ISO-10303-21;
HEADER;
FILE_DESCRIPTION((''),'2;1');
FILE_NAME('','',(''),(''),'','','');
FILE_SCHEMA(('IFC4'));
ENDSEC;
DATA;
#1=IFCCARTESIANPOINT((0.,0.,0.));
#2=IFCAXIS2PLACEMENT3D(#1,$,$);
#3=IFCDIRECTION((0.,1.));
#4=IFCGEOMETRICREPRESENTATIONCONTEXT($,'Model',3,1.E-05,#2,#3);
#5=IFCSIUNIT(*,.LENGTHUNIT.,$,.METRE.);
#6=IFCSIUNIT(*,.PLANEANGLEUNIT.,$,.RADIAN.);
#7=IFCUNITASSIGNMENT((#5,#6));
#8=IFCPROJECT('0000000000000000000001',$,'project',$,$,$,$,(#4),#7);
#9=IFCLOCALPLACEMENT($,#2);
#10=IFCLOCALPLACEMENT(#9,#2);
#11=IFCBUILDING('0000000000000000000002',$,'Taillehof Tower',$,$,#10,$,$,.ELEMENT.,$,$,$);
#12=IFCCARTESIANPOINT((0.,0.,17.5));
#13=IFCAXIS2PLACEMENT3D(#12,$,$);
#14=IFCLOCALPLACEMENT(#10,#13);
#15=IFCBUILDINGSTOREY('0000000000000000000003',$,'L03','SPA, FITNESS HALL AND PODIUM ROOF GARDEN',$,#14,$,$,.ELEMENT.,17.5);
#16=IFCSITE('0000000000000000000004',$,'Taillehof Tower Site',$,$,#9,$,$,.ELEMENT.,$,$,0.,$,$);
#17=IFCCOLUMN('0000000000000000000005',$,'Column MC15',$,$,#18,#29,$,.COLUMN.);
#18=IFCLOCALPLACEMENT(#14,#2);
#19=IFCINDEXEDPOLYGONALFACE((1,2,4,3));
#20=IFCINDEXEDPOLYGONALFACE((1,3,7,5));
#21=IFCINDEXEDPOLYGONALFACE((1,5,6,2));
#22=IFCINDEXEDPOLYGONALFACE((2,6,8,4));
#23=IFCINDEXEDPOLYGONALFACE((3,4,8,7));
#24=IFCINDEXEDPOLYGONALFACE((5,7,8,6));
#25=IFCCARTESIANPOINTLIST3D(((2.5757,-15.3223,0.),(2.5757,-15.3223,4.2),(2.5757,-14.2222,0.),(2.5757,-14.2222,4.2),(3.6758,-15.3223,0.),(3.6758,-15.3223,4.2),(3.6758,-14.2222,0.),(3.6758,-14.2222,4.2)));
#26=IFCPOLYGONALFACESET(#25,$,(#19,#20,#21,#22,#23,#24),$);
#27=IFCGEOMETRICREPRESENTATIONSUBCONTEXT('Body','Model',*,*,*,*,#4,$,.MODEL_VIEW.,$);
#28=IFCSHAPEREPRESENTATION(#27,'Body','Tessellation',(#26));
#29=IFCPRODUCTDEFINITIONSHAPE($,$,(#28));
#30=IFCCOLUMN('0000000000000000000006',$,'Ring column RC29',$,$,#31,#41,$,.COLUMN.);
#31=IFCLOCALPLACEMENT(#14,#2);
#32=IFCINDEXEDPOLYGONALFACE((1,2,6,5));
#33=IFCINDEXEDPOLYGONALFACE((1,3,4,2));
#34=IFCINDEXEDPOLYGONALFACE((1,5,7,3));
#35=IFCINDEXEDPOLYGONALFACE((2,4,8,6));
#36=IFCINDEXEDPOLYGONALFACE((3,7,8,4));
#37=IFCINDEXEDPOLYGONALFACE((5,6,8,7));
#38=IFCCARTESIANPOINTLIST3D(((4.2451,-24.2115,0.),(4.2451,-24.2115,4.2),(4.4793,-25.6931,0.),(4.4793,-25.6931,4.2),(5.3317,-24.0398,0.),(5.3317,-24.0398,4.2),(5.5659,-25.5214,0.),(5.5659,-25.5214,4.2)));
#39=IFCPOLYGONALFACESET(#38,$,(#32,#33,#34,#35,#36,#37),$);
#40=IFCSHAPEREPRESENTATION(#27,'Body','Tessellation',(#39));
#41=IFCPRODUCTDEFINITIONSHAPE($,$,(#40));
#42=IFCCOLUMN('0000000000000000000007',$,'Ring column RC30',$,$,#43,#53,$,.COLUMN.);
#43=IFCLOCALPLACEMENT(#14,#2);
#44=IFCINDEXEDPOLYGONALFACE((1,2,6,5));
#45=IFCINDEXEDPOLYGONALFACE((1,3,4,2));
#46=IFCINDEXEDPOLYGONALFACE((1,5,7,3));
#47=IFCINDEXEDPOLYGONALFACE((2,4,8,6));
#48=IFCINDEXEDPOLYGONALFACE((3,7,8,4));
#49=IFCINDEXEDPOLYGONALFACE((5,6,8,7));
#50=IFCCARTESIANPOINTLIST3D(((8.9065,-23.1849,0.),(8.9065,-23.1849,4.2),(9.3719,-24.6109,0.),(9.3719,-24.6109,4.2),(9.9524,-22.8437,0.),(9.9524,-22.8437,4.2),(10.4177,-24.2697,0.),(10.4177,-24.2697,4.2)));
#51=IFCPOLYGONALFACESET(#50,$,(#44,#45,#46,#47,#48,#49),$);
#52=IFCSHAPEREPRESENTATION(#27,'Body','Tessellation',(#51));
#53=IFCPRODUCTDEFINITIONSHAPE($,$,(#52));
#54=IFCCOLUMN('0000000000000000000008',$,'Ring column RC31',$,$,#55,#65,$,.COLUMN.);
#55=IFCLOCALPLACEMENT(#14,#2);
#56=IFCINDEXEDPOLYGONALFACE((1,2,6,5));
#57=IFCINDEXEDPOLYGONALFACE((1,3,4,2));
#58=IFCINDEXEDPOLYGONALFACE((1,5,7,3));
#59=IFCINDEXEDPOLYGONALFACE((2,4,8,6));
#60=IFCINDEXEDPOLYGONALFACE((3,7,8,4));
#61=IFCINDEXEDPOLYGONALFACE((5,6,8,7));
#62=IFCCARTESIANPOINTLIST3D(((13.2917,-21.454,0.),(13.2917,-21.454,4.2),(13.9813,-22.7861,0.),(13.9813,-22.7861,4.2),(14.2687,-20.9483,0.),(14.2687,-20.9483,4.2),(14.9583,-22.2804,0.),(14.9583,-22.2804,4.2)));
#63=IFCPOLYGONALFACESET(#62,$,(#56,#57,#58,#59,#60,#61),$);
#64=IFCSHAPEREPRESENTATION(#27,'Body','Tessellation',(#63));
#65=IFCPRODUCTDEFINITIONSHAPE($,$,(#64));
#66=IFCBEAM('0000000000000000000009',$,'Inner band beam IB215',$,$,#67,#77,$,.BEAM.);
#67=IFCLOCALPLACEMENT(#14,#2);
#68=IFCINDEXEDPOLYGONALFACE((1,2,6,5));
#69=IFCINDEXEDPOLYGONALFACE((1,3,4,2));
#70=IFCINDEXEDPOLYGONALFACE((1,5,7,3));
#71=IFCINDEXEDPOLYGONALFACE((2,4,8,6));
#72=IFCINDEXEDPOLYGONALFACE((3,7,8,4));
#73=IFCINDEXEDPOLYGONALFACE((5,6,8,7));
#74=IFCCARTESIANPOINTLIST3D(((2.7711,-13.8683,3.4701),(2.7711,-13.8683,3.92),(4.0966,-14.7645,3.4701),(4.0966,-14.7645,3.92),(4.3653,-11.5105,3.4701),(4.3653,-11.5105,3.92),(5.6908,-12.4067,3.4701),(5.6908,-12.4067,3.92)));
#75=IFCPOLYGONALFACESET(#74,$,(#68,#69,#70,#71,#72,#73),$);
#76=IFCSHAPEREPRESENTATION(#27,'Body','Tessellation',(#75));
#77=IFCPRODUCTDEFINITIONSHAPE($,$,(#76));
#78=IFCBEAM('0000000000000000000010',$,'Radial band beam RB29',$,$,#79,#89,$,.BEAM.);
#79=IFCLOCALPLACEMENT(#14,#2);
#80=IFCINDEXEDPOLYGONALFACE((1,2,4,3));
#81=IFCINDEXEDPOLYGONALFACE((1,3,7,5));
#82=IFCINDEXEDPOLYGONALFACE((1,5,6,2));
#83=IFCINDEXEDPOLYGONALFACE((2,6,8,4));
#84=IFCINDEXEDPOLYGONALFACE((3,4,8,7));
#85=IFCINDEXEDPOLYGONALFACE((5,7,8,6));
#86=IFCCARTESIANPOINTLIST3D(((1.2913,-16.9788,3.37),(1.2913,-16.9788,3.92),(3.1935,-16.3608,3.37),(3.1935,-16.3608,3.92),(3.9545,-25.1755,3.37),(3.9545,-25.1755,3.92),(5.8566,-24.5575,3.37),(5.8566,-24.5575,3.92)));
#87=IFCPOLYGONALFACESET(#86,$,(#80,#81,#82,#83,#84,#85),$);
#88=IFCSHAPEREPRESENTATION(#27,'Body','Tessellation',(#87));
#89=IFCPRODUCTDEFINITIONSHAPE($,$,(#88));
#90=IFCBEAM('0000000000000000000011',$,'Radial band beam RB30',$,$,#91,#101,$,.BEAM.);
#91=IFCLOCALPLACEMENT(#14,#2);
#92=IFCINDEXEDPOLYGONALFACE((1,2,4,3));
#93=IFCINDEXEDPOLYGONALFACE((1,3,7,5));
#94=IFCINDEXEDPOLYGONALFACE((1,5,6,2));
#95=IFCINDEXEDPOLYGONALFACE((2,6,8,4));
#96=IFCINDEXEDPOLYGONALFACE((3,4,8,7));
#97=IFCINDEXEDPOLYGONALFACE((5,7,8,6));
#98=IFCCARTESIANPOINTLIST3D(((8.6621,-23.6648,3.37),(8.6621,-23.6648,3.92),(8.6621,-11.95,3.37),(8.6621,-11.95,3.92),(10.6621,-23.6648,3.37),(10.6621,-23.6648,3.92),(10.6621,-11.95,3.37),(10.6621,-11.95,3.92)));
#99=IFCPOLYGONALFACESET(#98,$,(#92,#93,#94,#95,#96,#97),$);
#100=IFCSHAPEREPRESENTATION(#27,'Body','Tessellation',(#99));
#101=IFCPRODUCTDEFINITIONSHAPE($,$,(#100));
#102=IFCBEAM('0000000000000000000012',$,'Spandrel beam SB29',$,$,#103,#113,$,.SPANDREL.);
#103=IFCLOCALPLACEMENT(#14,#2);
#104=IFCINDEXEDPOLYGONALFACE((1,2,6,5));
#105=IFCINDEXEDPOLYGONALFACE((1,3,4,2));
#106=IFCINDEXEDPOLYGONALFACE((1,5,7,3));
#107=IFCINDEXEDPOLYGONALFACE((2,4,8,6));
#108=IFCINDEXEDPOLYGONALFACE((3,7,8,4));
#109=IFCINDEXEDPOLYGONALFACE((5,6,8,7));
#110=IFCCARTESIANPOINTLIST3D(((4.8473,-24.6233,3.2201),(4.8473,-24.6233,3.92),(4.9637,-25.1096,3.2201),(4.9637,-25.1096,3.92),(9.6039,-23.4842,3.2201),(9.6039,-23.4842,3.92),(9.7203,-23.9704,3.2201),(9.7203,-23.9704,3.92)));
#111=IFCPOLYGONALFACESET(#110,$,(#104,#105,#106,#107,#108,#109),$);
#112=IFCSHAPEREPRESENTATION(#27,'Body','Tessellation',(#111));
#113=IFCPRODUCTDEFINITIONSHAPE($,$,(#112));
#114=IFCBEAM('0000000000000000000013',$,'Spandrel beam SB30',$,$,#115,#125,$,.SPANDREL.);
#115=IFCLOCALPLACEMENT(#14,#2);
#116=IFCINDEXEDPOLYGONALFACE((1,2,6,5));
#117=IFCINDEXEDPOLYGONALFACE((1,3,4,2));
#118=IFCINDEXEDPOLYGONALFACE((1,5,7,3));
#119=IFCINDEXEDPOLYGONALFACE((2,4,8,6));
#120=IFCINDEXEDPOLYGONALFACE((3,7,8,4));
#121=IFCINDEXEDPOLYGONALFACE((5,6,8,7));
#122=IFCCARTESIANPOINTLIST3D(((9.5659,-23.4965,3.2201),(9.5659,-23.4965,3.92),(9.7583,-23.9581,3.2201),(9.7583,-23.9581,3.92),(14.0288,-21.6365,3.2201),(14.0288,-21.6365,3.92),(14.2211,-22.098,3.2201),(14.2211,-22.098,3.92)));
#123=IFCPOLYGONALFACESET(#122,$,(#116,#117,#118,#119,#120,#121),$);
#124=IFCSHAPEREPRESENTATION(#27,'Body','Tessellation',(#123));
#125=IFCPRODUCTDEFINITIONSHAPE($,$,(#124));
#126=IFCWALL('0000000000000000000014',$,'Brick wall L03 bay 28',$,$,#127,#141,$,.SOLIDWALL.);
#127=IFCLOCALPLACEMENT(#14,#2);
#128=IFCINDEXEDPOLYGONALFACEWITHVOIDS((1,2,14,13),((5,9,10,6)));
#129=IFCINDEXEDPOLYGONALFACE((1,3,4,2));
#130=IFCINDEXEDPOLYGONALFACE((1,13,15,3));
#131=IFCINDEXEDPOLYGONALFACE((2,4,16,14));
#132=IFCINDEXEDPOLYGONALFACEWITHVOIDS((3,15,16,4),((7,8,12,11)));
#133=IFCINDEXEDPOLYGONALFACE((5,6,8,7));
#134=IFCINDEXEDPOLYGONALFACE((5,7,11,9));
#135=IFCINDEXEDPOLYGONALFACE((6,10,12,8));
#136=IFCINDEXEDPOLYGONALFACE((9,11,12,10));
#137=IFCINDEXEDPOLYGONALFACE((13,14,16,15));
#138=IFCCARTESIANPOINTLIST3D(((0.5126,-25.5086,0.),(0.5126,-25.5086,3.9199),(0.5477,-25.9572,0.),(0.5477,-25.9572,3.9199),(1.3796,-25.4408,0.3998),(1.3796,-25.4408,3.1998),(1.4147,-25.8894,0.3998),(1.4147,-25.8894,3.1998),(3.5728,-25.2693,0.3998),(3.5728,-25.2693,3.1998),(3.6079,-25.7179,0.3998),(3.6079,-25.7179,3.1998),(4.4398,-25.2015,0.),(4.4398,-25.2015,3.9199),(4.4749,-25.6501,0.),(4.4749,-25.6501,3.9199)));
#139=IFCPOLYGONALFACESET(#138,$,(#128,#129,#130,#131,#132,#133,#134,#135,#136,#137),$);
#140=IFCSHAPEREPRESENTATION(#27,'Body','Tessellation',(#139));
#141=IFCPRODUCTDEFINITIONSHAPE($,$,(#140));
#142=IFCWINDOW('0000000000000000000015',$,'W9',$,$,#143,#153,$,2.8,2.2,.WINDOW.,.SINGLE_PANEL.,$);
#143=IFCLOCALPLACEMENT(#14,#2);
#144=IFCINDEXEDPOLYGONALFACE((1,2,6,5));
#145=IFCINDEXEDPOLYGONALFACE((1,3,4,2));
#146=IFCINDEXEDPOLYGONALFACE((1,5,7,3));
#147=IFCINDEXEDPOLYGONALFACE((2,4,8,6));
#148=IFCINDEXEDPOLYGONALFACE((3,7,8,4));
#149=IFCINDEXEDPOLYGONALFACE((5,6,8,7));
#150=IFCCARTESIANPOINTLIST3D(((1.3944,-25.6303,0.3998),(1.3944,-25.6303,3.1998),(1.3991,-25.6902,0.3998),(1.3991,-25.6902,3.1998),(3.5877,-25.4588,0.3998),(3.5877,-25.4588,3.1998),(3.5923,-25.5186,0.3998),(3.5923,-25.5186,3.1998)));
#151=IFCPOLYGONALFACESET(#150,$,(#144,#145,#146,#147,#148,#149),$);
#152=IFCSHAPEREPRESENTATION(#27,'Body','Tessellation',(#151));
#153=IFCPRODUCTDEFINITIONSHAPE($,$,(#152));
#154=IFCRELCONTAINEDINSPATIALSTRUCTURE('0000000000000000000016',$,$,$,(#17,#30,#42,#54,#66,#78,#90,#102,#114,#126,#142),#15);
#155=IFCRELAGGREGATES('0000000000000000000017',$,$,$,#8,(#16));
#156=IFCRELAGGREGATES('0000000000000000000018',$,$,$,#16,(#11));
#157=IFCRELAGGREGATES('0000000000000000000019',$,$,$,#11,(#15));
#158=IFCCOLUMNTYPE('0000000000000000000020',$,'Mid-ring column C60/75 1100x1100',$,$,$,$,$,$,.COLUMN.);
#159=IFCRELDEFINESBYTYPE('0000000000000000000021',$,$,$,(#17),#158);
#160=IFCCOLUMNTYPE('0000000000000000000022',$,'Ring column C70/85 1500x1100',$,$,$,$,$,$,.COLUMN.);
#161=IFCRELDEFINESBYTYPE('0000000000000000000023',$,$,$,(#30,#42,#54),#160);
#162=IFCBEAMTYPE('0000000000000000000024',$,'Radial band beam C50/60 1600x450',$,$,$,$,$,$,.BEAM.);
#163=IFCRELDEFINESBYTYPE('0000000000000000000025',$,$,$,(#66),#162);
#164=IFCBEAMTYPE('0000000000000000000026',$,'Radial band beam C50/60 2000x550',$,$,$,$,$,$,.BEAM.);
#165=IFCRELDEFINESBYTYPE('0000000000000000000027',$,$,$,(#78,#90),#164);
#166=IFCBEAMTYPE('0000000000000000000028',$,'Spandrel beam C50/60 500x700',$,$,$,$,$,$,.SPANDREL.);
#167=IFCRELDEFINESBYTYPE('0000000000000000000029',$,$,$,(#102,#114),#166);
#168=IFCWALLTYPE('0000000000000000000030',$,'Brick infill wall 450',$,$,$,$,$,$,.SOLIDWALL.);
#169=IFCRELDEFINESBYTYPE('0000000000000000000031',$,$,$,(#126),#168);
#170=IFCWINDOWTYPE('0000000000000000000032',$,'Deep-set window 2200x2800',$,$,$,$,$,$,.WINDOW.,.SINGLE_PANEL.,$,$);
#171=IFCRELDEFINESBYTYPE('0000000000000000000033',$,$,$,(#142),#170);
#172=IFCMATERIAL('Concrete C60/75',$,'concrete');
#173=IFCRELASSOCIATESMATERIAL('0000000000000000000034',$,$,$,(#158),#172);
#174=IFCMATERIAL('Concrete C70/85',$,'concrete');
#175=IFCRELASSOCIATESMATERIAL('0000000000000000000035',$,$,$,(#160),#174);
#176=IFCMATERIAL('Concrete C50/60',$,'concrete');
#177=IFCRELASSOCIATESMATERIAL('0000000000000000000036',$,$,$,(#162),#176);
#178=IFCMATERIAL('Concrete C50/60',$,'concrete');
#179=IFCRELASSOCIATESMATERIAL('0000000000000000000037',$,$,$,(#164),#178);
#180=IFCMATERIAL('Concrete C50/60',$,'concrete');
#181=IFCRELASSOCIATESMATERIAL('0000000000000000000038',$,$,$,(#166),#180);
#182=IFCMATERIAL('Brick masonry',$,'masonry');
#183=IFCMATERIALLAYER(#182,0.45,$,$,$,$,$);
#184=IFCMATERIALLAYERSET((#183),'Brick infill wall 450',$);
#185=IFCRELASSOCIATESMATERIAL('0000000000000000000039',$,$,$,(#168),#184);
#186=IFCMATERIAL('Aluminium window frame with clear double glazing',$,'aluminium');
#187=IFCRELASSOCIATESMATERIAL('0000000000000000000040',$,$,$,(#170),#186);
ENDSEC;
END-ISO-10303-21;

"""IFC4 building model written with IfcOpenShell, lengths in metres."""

from ifc_helpers import new_model, si_unit, direction, frame, frame_2d, origin, origin_2d, place, context, subcontext, project, spatial, rectangle, extrude, material, layer, layer_set, material_profile, profile_set, type_object, element, fill, save


model = new_model("IFC4")

# Units and contexts
model_context = context("Model", 3, precision=1e-05, world=origin(), true_north=direction((0.0, 1.0)))
body_context = subcontext(model_context, "Body", "Model", "MODEL_VIEW")
ifc_project = project(units=[si_unit("LENGTHUNIT", "METRE"), si_unit("PLANEANGLEUNIT", "RADIAN")], contexts=[model_context])

# Site, building, storey
site_placement = place(None, origin())
site = spatial("IfcSite", under=ifc_project, at=site_placement, Name="Taillehof Tower Site", CompositionType="ELEMENT", RefElevation=0.0)
building_placement = place(site_placement, origin())
building = spatial("IfcBuilding", under=site, at=building_placement, Name="Taillehof Tower", CompositionType="ELEMENT")
storey_placement = place(building_placement, frame((0.0, 0.0, 17.5)))
storey = spatial("IfcBuildingStorey", under=building, at=storey_placement, Name="L03", Description="SPA, FITNESS HALL AND PODIUM ROOF GARDEN", CompositionType="ELEMENT", Elevation=17.5)

# Columns
ifc_material_1 = material(Name="Concrete C60/75", Category="concrete")
ifc_material_profile_1 = material_profile(ifc_material_1, rectangle(XDim=1.1001, YDim=1.1001, at=origin_2d()), Name="RC 1100x1100")
ifc_profile_set_1 = profile_set([ifc_material_profile_1], Name="Concrete C60/75")
column_type_1 = type_object("IfcColumnType", Name="Mid-ring column C60/75 1100x1100", PredefinedType="COLUMN", material=ifc_profile_set_1)
column_placement = place(storey_placement, frame((3.1257, -14.7722, 0.0), z_axis=(0.0, 0.0, 1.0), x_axis=(1.0, 0.0, 0.0)))
element("IfcColumn", 1, at=column_placement, inside=storey, type_object=column_type_1, Name="Column MC15", PredefinedType="COLUMN", context=body_context, shape_type="SweptSolid", body=[
    extrude(rectangle(XDim=1.1001, YDim=1.1001, at=origin_2d()), origin(), (0.0, 0.0, 1.0), 4.2),
])
ifc_material_2 = material(Name="Concrete C70/85", Category="concrete")
ifc_material_profile_2 = material_profile(ifc_material_2, rectangle(XDim=1.5, YDim=1.1001, at=origin_2d()), Name="RC 1500x1100")
ifc_profile_set_2 = profile_set([ifc_material_profile_2], Name="Concrete C70/85")
column_type_2 = type_object("IfcColumnType", Name="Ring column C70/85 1500x1100", PredefinedType="COLUMN", material=ifc_profile_set_2)
for number, where, z_axis, x_axis, name in (
    (2, (4.9055, -24.8665, 0.0), (0.0, 0.0, 1.0), (0.156147, -0.987734, 0.0), "Ring column RC29"),
    (3, (9.6621, -23.7273, 0.0), (0.0, 0.0, 1.0), (0.310219, -0.950665, 0.0), "Ring column RC30"),
    (4, (14.125, -21.8672, 0.0), (0.0, 0.0, 1.0), (0.459691, -0.888079, 0.0), "Ring column RC31"),
):
    element("IfcColumn", number, at=place(storey_placement, frame(where, z_axis=z_axis, x_axis=x_axis)), inside=storey, type_object=column_type_2, Name=name, PredefinedType="COLUMN", context=body_context, shape_type="SweptSolid", body=[
        extrude(rectangle(XDim=1.5, YDim=1.1001, at=origin_2d()), origin(), (0.0, 0.0, 1.0), 4.2),
    ])

# Beams
ifc_material_3 = material(Name="Concrete C50/60", Category="concrete")
ifc_material_profile_3 = material_profile(ifc_material_3, rectangle(XDim=1.6001, YDim=0.45, at=origin_2d()), Name="RC 1600x450")
ifc_profile_set_3 = profile_set([ifc_material_profile_3], Name="Concrete C50/60")
beam_type_1 = type_object("IfcBeamType", Name="Radial band beam C50/60 1600x450", PredefinedType="BEAM", material=ifc_profile_set_3)
beam_1_placement = place(storey_placement, frame((3.4338, -14.3164, 3.6951), z_axis=(0.560112, 0.828417, 0.0), x_axis=(-0.828417, 0.560112, 0.0)))
element("IfcBeam", 5, at=beam_1_placement, inside=storey, type_object=beam_type_1, Name="Inner band beam IB215", PredefinedType="BEAM", context=body_context, shape_type="SweptSolid", body=[
    extrude(rectangle(XDim=1.6001, YDim=0.45, at=origin_2d()), origin(), (0.0, 0.0, 1.0), 2.8462),
])
ifc_material_4 = material(Name="Concrete C50/60", Category="concrete")
ifc_material_profile_4 = material_profile(ifc_material_4, rectangle(XDim=2.0, YDim=0.55, at=origin_2d()), Name="RC 2000x550")
ifc_profile_set_4 = profile_set([ifc_material_profile_4], Name="Concrete C50/60")
beam_type_2 = type_object("IfcBeamType", Name="Radial band beam C50/60 2000x550", PredefinedType="BEAM", material=ifc_profile_set_4)
beam_2_placement = place(storey_placement, frame((4.9055, -24.8665, 3.645), z_axis=(-0.309003, 0.951061, 0.0), x_axis=(-0.951061, -0.309003, 0.0)))
element("IfcBeam", 6, at=beam_2_placement, inside=storey, type_object=beam_type_2, Name="Radial band beam RB29", PredefinedType="BEAM", context=body_context, shape_type="SweptSolid", body=[
    extrude(rectangle(XDim=2.0, YDim=0.55, at=origin_2d()), origin(), (0.0, 0.0, 1.0), 8.6184),
])
beam_3_placement = place(storey_placement, frame((9.6621, -23.6648, 3.645), z_axis=(0.0, 1.0, 0.0), x_axis=(-1.0, 0.0, 0.0)))
element("IfcBeam", 7, at=beam_3_placement, inside=storey, type_object=beam_type_2, Name="Radial band beam RB30", PredefinedType="BEAM", context=body_context, shape_type="SweptSolid", body=[
    extrude(rectangle(XDim=2.0, YDim=0.55, at=origin_2d()), origin(), (0.0, 0.0, 1.0), 11.7148),
])
ifc_material_5 = material(Name="Concrete C50/60", Category="concrete")
ifc_material_profile_5 = material_profile(ifc_material_5, rectangle(XDim=0.5, YDim=0.7, at=origin_2d()), Name="RC 500x700")
ifc_profile_set_5 = profile_set([ifc_material_profile_5], Name="Concrete C50/60")
beam_type_3 = type_object("IfcBeamType", Name="Spandrel beam C50/60 500x700", PredefinedType="SPANDREL", material=ifc_profile_set_5)
beam_4_placement = place(storey_placement, frame((4.9055, -24.8665, 3.5701), z_axis=(0.9725, 0.232905, 0.0), x_axis=(-0.232905, 0.9725, 0.0)))
element("IfcBeam", 8, at=beam_4_placement, inside=storey, type_object=beam_type_3, Name="Spandrel beam SB29", PredefinedType="SPANDREL", context=body_context, shape_type="SweptSolid", body=[
    extrude(rectangle(XDim=0.5, YDim=0.7, at=origin_2d()), origin(), (0.0, 0.0, 1.0), 4.8911),
])
beam_5_placement = place(storey_placement, frame((9.6621, -23.7273, 3.5701), z_axis=(0.923035, 0.384716, 0.0), x_axis=(-0.384716, 0.923035, 0.0)))
element("IfcBeam", 9, at=beam_5_placement, inside=storey, type_object=beam_type_3, Name="Spandrel beam SB30", PredefinedType="SPANDREL", context=body_context, shape_type="SweptSolid", body=[
    extrude(rectangle(XDim=0.5, YDim=0.7, at=origin_2d()), origin(), (0.0, 0.0, 1.0), 4.835),
])

# Wall, opening, window
ifc_material_6 = material(Name="Brick masonry", Category="masonry")
ifc_layer_1 = layer(ifc_material_6, 0.45)
ifc_layer_set_1 = layer_set([ifc_layer_1], Name="Brick infill wall 450")
wall_type_1 = type_object("IfcWallType", Name="Brick infill wall 450", PredefinedType="SOLIDWALL", material=ifc_layer_set_1)
wall_1_placement = place(storey_placement, frame((0.53, -25.7329, 0.0), z_axis=(0.0, 0.0, 1.0), x_axis=(0.996956, 0.077967, 0.0)))
wall_1 = element("IfcWall", 10, at=wall_1_placement, inside=storey, type_object=wall_type_1, Name="Brick wall L03 bay 28", PredefinedType="SOLIDWALL", context=body_context, shape_type="SweptSolid", body=[
    extrude(rectangle(XDim=3.9392, YDim=0.45, at=frame_2d((1.9697, 0.0))), origin(), (0.0, 0.0, 1.0), 3.9199),
])
opening_1_placement = place(wall_1_placement, frame((0.8696, 0.0, 0.3999)))
opening_1 = element("IfcOpeningElement", 11, at=opening_1_placement, cuts=wall_1, PredefinedType="OPENING", context=body_context, shape_type="SweptSolid", body=[
    extrude(rectangle(XDim=2.2, YDim=2.8, at=frame_2d((1.1001, 1.3999))), frame((0.0, 0.2349, 0.0), z_axis=(0.0, -1.0, 0.0), x_axis=(1.0, 0.0, 0.0)), (0.0, 0.0, 1.0), 0.47),
])
ifc_material_7 = material(Name="Aluminium window frame with clear double glazing", Category="aluminium")
window_type = type_object("IfcWindowType", Name="Deep-set window 2200x2800", PartitioningType="SINGLE_PANEL", PredefinedType="WINDOW", material=ifc_material_7)
window_1_placement = place(opening_1_placement, origin())
window_1 = element("IfcWindow", 12, at=window_1_placement, inside=storey, type_object=window_type, Name="W9", OverallHeight=2.8, OverallWidth=2.2, PartitioningType="SINGLE_PANEL", PredefinedType="WINDOW", context=body_context, shape_type="SweptSolid", body=[
    extrude(rectangle(XDim=2.2, YDim=2.8, at=frame_2d((1.1001, 1.3999))), frame((0.0, 0.0349, 0.0), z_axis=(0.0, -1.0, 0.0), x_axis=(1.0, 0.0, 0.0)), (0.0, 0.0, 1.0), 0.0601),
])
fill(opening_1, window_1)

save(model, "model.ifc")
